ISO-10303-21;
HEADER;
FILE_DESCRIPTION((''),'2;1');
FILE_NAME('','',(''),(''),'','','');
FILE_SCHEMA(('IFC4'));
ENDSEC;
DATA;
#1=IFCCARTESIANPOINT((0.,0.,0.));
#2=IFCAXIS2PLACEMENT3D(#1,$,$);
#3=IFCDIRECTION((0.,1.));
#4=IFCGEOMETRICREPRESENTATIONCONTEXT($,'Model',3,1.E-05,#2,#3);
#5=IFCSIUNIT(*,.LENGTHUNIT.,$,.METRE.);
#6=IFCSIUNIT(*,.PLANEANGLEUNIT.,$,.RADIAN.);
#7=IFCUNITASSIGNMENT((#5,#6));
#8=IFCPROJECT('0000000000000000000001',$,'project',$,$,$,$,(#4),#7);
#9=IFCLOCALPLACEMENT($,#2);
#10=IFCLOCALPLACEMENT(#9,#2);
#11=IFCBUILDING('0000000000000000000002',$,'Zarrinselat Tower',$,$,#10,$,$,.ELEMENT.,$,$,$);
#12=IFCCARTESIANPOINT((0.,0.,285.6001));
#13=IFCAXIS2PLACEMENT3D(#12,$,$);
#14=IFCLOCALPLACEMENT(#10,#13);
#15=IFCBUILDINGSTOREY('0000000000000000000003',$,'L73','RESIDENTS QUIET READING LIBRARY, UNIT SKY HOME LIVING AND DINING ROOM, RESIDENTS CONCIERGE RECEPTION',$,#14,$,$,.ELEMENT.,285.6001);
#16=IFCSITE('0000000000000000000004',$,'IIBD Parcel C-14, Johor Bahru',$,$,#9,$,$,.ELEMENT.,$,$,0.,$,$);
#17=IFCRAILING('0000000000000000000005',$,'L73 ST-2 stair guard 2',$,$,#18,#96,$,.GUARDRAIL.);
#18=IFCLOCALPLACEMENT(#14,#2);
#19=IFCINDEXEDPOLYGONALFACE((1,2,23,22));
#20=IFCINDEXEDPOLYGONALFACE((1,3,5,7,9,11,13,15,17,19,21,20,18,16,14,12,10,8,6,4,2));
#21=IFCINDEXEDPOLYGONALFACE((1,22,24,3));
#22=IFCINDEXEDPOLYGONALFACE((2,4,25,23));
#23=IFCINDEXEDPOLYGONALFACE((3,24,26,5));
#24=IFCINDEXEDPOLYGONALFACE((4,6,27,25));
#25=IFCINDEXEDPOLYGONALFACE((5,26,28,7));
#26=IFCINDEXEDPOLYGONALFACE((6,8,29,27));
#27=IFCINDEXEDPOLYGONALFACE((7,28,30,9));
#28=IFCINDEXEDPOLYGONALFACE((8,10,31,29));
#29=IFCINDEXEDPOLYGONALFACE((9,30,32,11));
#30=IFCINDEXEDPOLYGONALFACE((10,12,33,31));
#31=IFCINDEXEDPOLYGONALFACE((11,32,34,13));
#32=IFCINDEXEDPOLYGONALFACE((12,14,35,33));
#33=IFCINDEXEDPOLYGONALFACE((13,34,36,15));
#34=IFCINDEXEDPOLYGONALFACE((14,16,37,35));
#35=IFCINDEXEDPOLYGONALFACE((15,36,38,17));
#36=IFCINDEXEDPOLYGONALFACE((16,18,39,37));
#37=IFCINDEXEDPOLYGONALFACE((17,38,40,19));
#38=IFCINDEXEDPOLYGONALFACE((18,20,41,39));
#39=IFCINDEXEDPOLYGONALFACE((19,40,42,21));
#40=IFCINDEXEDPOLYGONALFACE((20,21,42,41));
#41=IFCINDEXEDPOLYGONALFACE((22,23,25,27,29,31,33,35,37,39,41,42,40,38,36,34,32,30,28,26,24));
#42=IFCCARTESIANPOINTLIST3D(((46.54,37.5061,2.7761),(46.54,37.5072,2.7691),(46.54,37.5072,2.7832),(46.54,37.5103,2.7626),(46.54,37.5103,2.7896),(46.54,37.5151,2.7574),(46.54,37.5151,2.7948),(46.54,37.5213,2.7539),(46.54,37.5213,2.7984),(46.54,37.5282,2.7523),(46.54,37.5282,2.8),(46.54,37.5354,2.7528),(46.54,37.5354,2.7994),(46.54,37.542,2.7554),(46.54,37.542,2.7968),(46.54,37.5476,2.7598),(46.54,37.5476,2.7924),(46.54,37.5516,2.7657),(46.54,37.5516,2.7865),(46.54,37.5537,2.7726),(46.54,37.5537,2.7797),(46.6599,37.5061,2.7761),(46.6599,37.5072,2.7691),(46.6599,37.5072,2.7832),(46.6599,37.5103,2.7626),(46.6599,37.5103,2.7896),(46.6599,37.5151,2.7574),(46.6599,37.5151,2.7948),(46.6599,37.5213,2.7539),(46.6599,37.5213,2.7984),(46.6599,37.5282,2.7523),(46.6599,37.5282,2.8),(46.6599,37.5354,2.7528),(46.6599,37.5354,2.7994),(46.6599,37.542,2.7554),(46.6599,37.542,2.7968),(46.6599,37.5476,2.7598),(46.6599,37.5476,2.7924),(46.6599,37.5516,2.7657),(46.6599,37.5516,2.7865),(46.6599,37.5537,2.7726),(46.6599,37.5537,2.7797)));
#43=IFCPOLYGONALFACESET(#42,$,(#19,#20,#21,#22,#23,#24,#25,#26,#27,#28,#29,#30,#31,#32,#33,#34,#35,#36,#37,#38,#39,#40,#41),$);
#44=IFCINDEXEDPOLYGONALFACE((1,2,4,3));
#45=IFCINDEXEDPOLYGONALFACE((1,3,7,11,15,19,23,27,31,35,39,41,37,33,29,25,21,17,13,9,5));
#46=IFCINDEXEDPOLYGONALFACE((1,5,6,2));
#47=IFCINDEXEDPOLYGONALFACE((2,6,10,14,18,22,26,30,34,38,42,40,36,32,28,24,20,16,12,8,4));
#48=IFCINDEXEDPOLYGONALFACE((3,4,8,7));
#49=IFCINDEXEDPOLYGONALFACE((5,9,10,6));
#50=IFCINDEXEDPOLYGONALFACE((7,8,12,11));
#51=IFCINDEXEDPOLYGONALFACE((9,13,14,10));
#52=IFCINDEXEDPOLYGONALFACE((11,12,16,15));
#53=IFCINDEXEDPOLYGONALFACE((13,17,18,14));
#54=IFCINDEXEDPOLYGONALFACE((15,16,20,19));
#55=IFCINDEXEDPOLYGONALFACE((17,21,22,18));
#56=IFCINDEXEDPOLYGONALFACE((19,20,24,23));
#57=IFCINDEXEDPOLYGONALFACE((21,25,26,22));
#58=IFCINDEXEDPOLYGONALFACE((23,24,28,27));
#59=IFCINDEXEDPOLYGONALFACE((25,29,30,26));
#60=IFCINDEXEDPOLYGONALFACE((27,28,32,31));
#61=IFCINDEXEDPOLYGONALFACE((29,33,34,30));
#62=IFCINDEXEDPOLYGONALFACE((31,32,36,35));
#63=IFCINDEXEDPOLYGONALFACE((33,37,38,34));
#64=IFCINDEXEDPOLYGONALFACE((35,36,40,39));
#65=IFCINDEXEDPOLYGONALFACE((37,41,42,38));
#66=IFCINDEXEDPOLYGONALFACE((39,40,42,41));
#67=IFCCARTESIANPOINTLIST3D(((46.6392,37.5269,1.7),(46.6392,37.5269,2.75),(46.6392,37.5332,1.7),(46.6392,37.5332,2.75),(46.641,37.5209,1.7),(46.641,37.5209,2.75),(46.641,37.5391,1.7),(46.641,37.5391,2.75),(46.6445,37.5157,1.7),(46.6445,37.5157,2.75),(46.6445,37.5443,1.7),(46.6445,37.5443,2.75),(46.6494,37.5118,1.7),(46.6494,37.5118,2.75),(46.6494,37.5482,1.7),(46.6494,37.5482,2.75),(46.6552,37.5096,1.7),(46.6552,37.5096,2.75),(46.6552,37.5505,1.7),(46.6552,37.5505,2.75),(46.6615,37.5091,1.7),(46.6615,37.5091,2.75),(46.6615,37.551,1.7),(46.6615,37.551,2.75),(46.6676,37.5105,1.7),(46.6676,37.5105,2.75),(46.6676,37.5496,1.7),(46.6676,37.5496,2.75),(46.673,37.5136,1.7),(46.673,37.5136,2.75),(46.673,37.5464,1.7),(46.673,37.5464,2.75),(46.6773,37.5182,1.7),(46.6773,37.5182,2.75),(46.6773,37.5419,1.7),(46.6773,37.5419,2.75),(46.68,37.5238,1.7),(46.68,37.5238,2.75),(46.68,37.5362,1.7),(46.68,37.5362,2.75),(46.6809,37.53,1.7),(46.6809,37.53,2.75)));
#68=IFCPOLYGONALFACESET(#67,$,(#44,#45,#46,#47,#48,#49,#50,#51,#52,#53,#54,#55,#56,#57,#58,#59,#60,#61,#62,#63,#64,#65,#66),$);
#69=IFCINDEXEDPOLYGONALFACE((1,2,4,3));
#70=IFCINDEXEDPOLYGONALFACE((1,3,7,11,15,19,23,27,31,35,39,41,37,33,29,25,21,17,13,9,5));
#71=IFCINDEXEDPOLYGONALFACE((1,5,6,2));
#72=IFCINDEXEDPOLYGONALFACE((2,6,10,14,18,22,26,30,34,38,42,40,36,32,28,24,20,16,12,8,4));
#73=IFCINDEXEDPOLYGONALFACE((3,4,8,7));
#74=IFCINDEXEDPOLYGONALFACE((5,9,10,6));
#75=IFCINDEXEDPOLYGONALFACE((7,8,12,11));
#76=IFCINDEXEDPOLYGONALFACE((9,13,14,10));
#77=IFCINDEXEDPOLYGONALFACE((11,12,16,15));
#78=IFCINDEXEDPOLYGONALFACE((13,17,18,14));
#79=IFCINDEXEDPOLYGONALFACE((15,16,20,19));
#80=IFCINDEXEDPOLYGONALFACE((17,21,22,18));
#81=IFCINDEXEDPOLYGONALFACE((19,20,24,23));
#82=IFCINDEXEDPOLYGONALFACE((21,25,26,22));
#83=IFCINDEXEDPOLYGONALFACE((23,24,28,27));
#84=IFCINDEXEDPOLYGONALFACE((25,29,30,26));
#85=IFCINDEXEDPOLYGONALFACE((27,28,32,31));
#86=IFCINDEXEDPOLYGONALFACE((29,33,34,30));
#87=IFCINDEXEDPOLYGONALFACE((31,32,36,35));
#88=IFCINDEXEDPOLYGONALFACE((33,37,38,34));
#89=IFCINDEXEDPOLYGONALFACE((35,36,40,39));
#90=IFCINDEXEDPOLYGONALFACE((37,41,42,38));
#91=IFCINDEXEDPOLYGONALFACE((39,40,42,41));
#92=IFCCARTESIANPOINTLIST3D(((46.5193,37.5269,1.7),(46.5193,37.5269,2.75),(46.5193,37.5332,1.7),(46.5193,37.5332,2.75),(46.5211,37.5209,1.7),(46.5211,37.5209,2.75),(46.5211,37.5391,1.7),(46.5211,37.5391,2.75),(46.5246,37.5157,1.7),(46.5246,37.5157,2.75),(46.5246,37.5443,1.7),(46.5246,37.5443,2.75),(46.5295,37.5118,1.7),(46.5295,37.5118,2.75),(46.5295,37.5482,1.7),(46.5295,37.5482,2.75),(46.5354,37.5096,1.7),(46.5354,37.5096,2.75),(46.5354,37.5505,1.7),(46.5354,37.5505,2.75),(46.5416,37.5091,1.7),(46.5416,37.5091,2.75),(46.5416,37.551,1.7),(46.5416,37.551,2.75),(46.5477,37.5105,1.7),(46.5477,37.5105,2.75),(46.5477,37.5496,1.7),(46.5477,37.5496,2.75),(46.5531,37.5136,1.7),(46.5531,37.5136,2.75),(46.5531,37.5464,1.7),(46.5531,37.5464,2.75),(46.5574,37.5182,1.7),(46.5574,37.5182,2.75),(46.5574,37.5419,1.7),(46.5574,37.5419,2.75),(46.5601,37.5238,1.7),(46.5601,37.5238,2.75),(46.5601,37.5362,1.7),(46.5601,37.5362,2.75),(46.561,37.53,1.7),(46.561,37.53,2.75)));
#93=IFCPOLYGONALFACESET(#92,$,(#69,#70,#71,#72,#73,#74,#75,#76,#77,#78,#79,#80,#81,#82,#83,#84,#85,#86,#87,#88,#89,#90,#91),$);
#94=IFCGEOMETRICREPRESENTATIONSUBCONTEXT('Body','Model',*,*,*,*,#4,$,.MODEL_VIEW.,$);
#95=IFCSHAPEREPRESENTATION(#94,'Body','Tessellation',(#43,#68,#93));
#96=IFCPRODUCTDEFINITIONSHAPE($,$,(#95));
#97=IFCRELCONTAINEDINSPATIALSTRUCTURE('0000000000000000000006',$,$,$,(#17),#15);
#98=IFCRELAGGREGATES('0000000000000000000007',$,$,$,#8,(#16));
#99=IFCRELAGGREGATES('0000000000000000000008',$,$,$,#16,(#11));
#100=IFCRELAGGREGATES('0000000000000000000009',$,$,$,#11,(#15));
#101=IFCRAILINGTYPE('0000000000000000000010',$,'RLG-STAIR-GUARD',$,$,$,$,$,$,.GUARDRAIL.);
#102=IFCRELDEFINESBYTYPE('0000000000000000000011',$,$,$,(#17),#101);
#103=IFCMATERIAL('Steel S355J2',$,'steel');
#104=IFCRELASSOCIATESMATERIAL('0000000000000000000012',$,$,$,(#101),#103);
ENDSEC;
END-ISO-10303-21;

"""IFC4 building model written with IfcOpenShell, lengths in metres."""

from ifc_helpers import new_model, si_unit, direction, frame, origin, origin_2d, place, context, subcontext, project, spatial, circle, extrude, material, type_object, element, save


model = new_model("IFC4")

# Units and contexts
model_context = context("Model", 3, precision=1e-05, world=origin(), true_north=direction((0.0, 1.0)))
body_context = subcontext(model_context, "Body", "Model", "MODEL_VIEW")
ifc_project = project(units=[si_unit("LENGTHUNIT", "METRE"), si_unit("PLANEANGLEUNIT", "RADIAN")], contexts=[model_context])

# Site, building, storey
site_placement = place(None, origin())
site = spatial("IfcSite", under=ifc_project, at=site_placement, Name="IIBD Parcel C-14, Johor Bahru", CompositionType="ELEMENT", RefElevation=0.0)
building_placement = place(site_placement, origin())
building = spatial("IfcBuilding", under=site, at=building_placement, Name="Zarrinselat Tower", CompositionType="ELEMENT")
storey_placement = place(building_placement, frame((0.0, 0.0, 285.6001)))
storey = spatial("IfcBuildingStorey", under=building, at=storey_placement, Name="L73", Description="RESIDENTS QUIET READING LIBRARY, UNIT SKY HOME LIVING AND DINING ROOM, RESIDENTS CONCIERGE RECEPTION", CompositionType="ELEMENT", Elevation=285.6001)

# Railing
ifc_material_1 = material(Name="Steel S355J2", Category="steel")
railing_type = type_object("IfcRailingType", Name="RLG-STAIR-GUARD", PredefinedType="GUARDRAIL", material=ifc_material_1)
railing_1_placement = place(storey_placement, frame((46.6599, 37.53, 1.7)))
element("IfcRailing", 1, at=railing_1_placement, inside=storey, type_object=railing_type, Name="L73 ST-2 stair guard 2", PredefinedType="GUARDRAIL", context=body_context, shape_type="SweptSolid", body=[
    extrude(circle(Radius=0.0239, at=origin_2d()), frame((0.0, 0.0, 1.0762), z_axis=(-1.0, 0.0, 0.0), x_axis=(0.0, -1.0, 0.0)), (0.0, 0.0, 1.0), 0.1199),
    extrude(circle(Radius=0.021, at=origin_2d()), origin(), (0.0, 0.0, 1.0), 1.05),
    extrude(circle(Radius=0.021, at=origin_2d()), frame((-0.1199, 0.0, 0.0)), (0.0, 0.0, 1.0), 1.05),
])

save(model, "model.ifc")
